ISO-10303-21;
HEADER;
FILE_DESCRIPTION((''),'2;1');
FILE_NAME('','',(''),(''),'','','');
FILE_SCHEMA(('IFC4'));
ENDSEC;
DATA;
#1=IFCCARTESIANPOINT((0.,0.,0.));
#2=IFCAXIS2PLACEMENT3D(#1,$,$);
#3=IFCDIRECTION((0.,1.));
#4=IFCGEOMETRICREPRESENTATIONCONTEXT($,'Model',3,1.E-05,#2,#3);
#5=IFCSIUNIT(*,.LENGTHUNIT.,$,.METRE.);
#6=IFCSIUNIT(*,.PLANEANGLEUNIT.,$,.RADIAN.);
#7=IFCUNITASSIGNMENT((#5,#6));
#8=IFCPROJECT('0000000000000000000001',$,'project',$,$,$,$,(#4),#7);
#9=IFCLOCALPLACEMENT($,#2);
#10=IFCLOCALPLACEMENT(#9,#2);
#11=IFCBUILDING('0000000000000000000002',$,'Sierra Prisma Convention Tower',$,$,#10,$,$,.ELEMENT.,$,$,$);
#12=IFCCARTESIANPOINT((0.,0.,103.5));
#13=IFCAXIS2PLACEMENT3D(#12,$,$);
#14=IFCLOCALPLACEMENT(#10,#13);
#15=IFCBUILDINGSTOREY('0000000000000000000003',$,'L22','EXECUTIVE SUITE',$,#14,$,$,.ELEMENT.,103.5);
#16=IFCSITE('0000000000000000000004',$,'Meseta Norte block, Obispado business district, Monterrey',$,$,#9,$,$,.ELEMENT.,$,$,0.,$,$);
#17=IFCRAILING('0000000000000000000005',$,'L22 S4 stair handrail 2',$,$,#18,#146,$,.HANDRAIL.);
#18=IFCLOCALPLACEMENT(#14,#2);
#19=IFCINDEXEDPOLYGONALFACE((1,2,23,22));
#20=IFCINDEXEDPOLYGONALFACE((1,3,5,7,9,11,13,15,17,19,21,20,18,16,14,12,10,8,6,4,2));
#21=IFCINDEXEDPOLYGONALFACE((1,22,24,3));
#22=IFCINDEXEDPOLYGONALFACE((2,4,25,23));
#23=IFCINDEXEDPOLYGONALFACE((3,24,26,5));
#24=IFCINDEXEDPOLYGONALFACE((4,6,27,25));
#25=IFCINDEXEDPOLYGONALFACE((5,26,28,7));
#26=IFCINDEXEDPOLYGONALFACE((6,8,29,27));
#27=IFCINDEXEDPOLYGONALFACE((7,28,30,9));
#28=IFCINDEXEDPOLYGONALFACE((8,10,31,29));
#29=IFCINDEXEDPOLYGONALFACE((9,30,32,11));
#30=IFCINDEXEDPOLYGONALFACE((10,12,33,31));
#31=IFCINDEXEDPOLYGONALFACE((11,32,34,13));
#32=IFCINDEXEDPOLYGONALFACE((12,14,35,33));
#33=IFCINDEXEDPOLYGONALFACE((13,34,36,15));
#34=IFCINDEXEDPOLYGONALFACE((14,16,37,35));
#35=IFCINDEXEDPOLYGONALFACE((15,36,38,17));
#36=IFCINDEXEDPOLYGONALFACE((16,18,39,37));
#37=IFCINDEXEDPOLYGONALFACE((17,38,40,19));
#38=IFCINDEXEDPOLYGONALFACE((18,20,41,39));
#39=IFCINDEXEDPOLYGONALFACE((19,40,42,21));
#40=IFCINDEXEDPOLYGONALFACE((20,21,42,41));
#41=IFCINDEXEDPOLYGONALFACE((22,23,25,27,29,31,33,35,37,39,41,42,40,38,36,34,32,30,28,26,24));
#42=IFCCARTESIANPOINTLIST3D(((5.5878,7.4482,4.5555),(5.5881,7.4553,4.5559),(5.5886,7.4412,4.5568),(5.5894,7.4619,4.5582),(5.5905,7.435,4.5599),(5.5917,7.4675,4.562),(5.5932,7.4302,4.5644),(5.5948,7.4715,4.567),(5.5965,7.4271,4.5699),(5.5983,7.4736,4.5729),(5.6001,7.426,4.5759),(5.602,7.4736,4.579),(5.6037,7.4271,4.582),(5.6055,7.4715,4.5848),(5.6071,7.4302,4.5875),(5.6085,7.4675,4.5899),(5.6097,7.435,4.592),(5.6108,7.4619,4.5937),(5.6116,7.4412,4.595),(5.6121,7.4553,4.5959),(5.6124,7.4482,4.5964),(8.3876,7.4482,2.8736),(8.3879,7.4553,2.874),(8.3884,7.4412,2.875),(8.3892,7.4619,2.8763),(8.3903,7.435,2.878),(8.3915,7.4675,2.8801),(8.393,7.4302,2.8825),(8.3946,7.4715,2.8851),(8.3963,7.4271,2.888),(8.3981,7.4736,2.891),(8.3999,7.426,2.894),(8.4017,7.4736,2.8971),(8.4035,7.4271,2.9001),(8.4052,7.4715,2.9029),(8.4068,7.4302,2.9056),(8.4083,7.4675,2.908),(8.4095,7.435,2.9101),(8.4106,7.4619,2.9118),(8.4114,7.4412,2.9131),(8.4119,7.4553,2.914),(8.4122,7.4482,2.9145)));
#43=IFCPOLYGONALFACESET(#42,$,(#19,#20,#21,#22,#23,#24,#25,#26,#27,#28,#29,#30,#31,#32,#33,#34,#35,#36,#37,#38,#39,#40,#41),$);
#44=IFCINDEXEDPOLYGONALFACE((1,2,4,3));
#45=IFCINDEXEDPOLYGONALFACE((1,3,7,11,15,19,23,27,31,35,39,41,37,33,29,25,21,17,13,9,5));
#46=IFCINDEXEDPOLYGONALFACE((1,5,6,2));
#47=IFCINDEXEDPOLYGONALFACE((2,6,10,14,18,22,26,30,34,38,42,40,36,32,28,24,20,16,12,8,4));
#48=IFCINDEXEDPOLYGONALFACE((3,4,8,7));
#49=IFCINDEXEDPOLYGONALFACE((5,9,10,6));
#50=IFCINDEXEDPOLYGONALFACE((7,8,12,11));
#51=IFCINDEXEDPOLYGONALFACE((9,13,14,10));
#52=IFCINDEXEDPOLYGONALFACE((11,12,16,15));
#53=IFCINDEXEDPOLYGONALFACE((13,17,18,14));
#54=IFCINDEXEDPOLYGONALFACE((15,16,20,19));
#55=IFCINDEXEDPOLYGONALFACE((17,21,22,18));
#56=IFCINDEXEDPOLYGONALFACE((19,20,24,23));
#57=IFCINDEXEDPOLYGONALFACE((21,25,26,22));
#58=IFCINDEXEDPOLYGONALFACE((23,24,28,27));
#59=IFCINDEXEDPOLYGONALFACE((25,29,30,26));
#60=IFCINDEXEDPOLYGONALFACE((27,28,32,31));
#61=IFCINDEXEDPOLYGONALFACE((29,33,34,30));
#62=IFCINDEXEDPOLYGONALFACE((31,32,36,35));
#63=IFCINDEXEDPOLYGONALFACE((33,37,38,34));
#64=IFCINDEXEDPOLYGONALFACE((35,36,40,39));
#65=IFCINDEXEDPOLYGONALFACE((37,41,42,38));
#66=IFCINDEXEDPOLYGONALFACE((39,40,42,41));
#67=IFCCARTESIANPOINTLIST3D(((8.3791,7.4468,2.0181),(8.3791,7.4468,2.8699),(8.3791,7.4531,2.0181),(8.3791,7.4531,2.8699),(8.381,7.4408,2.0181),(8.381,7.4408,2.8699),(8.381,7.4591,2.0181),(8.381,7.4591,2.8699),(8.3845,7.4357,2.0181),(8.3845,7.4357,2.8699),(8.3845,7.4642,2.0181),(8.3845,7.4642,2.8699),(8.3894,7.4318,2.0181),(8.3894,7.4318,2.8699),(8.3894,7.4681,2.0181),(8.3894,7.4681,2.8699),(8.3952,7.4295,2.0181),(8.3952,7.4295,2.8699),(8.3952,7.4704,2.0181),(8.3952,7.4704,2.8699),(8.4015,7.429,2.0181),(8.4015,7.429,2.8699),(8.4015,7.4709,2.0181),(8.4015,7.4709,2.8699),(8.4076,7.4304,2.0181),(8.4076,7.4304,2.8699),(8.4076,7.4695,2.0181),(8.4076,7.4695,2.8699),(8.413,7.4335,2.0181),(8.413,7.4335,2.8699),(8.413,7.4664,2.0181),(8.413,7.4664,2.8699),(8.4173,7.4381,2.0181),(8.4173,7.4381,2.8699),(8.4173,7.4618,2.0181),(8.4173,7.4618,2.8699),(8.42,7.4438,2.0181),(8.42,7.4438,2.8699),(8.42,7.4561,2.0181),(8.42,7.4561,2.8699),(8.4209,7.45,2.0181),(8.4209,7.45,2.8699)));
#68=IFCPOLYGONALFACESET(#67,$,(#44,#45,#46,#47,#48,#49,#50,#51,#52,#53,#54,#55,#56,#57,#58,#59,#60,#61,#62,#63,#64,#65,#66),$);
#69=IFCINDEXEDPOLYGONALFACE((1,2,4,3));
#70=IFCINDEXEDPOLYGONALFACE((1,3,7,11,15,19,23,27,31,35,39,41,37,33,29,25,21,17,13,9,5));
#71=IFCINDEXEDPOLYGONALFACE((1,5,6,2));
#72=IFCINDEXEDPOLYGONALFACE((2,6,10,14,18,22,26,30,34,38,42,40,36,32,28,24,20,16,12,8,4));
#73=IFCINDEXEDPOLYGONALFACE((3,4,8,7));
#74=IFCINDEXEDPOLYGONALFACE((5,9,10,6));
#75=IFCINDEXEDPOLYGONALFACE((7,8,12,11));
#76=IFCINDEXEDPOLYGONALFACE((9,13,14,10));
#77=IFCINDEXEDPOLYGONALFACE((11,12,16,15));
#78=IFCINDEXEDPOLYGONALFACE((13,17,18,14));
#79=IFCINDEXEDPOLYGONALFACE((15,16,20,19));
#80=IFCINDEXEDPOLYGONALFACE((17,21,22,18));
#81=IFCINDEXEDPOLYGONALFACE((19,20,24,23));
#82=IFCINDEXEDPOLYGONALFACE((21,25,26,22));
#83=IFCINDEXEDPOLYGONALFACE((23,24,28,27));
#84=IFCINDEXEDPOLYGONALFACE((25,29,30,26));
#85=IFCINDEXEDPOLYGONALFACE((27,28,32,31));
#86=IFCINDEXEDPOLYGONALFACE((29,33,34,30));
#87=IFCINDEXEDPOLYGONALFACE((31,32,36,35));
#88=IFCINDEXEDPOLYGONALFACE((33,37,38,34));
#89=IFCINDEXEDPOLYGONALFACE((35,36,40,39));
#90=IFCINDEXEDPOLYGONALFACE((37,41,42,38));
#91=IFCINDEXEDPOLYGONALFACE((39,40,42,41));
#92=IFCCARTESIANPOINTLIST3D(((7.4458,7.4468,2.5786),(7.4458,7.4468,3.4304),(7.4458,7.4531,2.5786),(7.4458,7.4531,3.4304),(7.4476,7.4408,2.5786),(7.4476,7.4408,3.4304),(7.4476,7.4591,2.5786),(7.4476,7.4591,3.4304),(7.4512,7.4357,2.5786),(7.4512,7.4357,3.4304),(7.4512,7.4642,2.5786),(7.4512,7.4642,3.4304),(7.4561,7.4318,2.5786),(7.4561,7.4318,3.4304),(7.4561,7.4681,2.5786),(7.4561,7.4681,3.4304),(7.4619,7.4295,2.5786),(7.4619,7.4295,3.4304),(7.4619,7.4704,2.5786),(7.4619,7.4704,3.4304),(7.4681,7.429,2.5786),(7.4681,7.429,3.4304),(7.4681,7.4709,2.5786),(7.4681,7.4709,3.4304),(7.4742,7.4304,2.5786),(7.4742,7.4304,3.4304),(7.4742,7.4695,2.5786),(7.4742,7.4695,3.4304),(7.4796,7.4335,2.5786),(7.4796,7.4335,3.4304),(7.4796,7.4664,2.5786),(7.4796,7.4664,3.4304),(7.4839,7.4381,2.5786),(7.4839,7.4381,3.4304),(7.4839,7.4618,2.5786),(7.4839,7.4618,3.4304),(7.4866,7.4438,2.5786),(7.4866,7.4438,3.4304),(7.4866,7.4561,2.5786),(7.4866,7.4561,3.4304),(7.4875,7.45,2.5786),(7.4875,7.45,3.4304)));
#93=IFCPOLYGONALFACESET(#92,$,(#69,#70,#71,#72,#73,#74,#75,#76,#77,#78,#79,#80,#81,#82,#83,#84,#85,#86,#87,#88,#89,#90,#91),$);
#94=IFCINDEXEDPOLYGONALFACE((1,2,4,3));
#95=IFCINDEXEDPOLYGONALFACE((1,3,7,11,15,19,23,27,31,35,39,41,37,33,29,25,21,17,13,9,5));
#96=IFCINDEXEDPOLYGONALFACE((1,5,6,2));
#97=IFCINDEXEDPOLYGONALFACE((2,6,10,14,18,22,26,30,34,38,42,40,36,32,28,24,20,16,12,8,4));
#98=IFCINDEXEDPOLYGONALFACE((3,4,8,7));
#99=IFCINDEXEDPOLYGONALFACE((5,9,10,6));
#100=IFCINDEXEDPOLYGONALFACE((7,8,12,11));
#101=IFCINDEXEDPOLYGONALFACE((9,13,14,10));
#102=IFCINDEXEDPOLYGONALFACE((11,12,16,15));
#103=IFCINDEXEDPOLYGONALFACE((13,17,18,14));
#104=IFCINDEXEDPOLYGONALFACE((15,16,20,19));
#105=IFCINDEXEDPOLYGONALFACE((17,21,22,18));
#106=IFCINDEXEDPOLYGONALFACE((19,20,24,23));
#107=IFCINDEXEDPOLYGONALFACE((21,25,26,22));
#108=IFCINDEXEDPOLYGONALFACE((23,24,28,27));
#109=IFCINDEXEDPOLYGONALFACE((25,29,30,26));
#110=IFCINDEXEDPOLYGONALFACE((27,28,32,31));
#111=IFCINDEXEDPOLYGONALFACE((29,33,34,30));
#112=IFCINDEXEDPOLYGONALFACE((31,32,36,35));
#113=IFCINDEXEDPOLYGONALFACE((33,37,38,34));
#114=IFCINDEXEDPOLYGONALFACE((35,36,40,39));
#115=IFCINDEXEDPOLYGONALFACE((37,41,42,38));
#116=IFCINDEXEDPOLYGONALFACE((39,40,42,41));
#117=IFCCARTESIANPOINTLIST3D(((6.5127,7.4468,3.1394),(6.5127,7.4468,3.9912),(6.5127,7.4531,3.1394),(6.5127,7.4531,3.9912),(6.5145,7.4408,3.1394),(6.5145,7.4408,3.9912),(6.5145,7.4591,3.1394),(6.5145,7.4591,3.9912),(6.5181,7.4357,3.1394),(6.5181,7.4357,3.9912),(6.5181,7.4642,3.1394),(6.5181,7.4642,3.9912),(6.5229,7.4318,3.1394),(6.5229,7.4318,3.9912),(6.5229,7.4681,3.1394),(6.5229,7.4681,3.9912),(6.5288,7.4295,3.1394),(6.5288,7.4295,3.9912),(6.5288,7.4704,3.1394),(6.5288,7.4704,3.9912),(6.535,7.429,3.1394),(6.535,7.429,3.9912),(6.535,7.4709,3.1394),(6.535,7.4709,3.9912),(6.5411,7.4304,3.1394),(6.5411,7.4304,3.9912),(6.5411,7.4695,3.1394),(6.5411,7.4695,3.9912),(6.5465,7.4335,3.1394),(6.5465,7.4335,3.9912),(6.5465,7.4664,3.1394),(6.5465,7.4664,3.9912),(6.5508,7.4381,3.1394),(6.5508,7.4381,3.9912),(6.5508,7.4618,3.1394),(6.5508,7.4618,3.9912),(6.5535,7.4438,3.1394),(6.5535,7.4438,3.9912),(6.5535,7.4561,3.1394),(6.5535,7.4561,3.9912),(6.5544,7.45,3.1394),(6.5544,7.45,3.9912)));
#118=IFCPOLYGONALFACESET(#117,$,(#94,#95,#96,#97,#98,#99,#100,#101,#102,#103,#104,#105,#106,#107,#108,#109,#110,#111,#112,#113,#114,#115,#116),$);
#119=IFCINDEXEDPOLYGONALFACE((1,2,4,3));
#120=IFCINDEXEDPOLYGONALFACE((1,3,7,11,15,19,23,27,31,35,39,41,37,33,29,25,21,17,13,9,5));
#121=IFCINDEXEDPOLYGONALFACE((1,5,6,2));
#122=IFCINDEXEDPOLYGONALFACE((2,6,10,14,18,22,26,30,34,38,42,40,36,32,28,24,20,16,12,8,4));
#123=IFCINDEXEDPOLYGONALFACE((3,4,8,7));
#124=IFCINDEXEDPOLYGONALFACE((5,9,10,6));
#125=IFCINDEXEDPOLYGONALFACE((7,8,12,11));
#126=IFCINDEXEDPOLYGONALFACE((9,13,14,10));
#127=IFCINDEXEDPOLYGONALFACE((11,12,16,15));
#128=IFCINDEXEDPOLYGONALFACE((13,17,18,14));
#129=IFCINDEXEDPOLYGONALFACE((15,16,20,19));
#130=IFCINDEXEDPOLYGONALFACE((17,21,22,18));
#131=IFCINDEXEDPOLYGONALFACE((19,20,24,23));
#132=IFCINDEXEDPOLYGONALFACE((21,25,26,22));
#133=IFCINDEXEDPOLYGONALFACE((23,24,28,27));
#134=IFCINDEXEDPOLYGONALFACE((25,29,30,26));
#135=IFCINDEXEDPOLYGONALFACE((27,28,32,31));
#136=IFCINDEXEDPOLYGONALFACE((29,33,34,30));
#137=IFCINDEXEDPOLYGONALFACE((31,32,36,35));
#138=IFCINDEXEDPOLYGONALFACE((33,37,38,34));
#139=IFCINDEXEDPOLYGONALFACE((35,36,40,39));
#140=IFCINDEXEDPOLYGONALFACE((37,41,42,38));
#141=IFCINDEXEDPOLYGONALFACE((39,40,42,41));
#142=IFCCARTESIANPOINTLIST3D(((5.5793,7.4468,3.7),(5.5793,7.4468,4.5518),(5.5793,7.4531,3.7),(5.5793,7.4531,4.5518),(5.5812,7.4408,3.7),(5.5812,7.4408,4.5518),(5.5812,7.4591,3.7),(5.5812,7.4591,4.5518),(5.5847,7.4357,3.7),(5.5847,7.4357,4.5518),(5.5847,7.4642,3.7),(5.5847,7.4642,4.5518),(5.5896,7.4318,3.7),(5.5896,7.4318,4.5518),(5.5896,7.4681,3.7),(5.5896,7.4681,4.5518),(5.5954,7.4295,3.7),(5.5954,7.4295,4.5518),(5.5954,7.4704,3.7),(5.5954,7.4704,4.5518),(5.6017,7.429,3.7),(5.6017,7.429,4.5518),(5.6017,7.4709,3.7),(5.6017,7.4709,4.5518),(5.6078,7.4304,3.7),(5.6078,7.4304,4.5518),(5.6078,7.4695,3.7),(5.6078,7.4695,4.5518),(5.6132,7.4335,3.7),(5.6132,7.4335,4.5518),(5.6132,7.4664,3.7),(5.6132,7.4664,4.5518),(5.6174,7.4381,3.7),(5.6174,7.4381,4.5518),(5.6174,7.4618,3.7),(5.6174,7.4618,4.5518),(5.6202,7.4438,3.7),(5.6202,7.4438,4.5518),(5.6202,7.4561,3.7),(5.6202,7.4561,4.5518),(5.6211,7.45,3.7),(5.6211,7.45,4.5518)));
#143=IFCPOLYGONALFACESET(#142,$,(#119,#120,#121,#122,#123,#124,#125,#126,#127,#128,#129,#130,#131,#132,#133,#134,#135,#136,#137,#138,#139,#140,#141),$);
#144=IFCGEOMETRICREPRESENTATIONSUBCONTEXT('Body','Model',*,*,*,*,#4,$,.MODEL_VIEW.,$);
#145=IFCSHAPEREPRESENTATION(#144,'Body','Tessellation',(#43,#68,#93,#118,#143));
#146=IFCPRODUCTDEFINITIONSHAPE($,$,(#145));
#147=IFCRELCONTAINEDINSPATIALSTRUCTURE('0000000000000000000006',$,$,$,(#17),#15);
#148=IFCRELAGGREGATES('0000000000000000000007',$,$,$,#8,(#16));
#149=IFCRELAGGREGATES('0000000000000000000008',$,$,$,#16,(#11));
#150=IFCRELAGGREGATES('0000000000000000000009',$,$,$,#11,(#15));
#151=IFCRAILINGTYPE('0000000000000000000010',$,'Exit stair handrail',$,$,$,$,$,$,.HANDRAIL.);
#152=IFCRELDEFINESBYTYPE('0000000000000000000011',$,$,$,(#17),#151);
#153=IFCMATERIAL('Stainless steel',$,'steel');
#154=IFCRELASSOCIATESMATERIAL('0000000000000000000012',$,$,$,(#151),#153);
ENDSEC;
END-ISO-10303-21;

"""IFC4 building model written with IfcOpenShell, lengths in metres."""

from ifc_helpers import new_model, si_unit, direction, frame, origin, origin_2d, place, context, subcontext, project, spatial, circle, extrude, material, type_object, element, save


model = new_model("IFC4")

# Units and contexts
model_context = context("Model", 3, precision=1e-05, world=origin(), true_north=direction((0.0, 1.0)))
body_context = subcontext(model_context, "Body", "Model", "MODEL_VIEW")
ifc_project = project(units=[si_unit("LENGTHUNIT", "METRE"), si_unit("PLANEANGLEUNIT", "RADIAN")], contexts=[model_context])

# Site, building, storey
site_placement = place(None, origin())
site = spatial("IfcSite", under=ifc_project, at=site_placement, Name="Meseta Norte block, Obispado business district, Monterrey", CompositionType="ELEMENT", RefElevation=0.0)
building_placement = place(site_placement, origin())
building = spatial("IfcBuilding", under=site, at=building_placement, Name="Sierra Prisma Convention Tower", CompositionType="ELEMENT")
storey_placement = place(building_placement, frame((0.0, 0.0, 103.5)))
storey = spatial("IfcBuildingStorey", under=building, at=storey_placement, Name="L22", Description="EXECUTIVE SUITE", CompositionType="ELEMENT", Elevation=103.5)

# Railing
ifc_material_1 = material(Name="Stainless steel", Category="steel")
railing_type_1 = type_object("IfcRailingType", Name="Exit stair handrail", PredefinedType="HANDRAIL", material=ifc_material_1)
railing_1_placement = place(storey_placement, frame((8.3999, 7.45, 2.0181)))
element("IfcRailing", 1, at=railing_1_placement, inside=storey, type_object=railing_type_1, Name="L22 S4 stair handrail 2", PredefinedType="HANDRAIL", context=body_context, shape_type="SweptSolid", body=[
    extrude(circle(Radius=0.0239, at=origin_2d()), frame((0.0, 0.0, 0.876), z_axis=(-0.857222, 0.0, 0.514946), x_axis=(0.0, -1.0, 0.0)), (0.0, 0.0, 1.0), 3.2661),
    extrude(circle(Radius=0.021, at=origin_2d()), origin(), (0.0, 0.0, 1.0), 0.8518),
    extrude(circle(Radius=0.021, at=origin_2d()), frame((-0.9333, 0.0, 0.5605)), (0.0, 0.0, 1.0), 0.8518),
    extrude(circle(Radius=0.021, at=origin_2d()), frame((-1.8665, 0.0, 1.1213)), (0.0, 0.0, 1.0), 0.8518),
    extrude(circle(Radius=0.021, at=origin_2d()), frame((-2.7998, 0.0, 1.6819)), (0.0, 0.0, 1.0), 0.8518),
])

save(model, "model.ifc")
